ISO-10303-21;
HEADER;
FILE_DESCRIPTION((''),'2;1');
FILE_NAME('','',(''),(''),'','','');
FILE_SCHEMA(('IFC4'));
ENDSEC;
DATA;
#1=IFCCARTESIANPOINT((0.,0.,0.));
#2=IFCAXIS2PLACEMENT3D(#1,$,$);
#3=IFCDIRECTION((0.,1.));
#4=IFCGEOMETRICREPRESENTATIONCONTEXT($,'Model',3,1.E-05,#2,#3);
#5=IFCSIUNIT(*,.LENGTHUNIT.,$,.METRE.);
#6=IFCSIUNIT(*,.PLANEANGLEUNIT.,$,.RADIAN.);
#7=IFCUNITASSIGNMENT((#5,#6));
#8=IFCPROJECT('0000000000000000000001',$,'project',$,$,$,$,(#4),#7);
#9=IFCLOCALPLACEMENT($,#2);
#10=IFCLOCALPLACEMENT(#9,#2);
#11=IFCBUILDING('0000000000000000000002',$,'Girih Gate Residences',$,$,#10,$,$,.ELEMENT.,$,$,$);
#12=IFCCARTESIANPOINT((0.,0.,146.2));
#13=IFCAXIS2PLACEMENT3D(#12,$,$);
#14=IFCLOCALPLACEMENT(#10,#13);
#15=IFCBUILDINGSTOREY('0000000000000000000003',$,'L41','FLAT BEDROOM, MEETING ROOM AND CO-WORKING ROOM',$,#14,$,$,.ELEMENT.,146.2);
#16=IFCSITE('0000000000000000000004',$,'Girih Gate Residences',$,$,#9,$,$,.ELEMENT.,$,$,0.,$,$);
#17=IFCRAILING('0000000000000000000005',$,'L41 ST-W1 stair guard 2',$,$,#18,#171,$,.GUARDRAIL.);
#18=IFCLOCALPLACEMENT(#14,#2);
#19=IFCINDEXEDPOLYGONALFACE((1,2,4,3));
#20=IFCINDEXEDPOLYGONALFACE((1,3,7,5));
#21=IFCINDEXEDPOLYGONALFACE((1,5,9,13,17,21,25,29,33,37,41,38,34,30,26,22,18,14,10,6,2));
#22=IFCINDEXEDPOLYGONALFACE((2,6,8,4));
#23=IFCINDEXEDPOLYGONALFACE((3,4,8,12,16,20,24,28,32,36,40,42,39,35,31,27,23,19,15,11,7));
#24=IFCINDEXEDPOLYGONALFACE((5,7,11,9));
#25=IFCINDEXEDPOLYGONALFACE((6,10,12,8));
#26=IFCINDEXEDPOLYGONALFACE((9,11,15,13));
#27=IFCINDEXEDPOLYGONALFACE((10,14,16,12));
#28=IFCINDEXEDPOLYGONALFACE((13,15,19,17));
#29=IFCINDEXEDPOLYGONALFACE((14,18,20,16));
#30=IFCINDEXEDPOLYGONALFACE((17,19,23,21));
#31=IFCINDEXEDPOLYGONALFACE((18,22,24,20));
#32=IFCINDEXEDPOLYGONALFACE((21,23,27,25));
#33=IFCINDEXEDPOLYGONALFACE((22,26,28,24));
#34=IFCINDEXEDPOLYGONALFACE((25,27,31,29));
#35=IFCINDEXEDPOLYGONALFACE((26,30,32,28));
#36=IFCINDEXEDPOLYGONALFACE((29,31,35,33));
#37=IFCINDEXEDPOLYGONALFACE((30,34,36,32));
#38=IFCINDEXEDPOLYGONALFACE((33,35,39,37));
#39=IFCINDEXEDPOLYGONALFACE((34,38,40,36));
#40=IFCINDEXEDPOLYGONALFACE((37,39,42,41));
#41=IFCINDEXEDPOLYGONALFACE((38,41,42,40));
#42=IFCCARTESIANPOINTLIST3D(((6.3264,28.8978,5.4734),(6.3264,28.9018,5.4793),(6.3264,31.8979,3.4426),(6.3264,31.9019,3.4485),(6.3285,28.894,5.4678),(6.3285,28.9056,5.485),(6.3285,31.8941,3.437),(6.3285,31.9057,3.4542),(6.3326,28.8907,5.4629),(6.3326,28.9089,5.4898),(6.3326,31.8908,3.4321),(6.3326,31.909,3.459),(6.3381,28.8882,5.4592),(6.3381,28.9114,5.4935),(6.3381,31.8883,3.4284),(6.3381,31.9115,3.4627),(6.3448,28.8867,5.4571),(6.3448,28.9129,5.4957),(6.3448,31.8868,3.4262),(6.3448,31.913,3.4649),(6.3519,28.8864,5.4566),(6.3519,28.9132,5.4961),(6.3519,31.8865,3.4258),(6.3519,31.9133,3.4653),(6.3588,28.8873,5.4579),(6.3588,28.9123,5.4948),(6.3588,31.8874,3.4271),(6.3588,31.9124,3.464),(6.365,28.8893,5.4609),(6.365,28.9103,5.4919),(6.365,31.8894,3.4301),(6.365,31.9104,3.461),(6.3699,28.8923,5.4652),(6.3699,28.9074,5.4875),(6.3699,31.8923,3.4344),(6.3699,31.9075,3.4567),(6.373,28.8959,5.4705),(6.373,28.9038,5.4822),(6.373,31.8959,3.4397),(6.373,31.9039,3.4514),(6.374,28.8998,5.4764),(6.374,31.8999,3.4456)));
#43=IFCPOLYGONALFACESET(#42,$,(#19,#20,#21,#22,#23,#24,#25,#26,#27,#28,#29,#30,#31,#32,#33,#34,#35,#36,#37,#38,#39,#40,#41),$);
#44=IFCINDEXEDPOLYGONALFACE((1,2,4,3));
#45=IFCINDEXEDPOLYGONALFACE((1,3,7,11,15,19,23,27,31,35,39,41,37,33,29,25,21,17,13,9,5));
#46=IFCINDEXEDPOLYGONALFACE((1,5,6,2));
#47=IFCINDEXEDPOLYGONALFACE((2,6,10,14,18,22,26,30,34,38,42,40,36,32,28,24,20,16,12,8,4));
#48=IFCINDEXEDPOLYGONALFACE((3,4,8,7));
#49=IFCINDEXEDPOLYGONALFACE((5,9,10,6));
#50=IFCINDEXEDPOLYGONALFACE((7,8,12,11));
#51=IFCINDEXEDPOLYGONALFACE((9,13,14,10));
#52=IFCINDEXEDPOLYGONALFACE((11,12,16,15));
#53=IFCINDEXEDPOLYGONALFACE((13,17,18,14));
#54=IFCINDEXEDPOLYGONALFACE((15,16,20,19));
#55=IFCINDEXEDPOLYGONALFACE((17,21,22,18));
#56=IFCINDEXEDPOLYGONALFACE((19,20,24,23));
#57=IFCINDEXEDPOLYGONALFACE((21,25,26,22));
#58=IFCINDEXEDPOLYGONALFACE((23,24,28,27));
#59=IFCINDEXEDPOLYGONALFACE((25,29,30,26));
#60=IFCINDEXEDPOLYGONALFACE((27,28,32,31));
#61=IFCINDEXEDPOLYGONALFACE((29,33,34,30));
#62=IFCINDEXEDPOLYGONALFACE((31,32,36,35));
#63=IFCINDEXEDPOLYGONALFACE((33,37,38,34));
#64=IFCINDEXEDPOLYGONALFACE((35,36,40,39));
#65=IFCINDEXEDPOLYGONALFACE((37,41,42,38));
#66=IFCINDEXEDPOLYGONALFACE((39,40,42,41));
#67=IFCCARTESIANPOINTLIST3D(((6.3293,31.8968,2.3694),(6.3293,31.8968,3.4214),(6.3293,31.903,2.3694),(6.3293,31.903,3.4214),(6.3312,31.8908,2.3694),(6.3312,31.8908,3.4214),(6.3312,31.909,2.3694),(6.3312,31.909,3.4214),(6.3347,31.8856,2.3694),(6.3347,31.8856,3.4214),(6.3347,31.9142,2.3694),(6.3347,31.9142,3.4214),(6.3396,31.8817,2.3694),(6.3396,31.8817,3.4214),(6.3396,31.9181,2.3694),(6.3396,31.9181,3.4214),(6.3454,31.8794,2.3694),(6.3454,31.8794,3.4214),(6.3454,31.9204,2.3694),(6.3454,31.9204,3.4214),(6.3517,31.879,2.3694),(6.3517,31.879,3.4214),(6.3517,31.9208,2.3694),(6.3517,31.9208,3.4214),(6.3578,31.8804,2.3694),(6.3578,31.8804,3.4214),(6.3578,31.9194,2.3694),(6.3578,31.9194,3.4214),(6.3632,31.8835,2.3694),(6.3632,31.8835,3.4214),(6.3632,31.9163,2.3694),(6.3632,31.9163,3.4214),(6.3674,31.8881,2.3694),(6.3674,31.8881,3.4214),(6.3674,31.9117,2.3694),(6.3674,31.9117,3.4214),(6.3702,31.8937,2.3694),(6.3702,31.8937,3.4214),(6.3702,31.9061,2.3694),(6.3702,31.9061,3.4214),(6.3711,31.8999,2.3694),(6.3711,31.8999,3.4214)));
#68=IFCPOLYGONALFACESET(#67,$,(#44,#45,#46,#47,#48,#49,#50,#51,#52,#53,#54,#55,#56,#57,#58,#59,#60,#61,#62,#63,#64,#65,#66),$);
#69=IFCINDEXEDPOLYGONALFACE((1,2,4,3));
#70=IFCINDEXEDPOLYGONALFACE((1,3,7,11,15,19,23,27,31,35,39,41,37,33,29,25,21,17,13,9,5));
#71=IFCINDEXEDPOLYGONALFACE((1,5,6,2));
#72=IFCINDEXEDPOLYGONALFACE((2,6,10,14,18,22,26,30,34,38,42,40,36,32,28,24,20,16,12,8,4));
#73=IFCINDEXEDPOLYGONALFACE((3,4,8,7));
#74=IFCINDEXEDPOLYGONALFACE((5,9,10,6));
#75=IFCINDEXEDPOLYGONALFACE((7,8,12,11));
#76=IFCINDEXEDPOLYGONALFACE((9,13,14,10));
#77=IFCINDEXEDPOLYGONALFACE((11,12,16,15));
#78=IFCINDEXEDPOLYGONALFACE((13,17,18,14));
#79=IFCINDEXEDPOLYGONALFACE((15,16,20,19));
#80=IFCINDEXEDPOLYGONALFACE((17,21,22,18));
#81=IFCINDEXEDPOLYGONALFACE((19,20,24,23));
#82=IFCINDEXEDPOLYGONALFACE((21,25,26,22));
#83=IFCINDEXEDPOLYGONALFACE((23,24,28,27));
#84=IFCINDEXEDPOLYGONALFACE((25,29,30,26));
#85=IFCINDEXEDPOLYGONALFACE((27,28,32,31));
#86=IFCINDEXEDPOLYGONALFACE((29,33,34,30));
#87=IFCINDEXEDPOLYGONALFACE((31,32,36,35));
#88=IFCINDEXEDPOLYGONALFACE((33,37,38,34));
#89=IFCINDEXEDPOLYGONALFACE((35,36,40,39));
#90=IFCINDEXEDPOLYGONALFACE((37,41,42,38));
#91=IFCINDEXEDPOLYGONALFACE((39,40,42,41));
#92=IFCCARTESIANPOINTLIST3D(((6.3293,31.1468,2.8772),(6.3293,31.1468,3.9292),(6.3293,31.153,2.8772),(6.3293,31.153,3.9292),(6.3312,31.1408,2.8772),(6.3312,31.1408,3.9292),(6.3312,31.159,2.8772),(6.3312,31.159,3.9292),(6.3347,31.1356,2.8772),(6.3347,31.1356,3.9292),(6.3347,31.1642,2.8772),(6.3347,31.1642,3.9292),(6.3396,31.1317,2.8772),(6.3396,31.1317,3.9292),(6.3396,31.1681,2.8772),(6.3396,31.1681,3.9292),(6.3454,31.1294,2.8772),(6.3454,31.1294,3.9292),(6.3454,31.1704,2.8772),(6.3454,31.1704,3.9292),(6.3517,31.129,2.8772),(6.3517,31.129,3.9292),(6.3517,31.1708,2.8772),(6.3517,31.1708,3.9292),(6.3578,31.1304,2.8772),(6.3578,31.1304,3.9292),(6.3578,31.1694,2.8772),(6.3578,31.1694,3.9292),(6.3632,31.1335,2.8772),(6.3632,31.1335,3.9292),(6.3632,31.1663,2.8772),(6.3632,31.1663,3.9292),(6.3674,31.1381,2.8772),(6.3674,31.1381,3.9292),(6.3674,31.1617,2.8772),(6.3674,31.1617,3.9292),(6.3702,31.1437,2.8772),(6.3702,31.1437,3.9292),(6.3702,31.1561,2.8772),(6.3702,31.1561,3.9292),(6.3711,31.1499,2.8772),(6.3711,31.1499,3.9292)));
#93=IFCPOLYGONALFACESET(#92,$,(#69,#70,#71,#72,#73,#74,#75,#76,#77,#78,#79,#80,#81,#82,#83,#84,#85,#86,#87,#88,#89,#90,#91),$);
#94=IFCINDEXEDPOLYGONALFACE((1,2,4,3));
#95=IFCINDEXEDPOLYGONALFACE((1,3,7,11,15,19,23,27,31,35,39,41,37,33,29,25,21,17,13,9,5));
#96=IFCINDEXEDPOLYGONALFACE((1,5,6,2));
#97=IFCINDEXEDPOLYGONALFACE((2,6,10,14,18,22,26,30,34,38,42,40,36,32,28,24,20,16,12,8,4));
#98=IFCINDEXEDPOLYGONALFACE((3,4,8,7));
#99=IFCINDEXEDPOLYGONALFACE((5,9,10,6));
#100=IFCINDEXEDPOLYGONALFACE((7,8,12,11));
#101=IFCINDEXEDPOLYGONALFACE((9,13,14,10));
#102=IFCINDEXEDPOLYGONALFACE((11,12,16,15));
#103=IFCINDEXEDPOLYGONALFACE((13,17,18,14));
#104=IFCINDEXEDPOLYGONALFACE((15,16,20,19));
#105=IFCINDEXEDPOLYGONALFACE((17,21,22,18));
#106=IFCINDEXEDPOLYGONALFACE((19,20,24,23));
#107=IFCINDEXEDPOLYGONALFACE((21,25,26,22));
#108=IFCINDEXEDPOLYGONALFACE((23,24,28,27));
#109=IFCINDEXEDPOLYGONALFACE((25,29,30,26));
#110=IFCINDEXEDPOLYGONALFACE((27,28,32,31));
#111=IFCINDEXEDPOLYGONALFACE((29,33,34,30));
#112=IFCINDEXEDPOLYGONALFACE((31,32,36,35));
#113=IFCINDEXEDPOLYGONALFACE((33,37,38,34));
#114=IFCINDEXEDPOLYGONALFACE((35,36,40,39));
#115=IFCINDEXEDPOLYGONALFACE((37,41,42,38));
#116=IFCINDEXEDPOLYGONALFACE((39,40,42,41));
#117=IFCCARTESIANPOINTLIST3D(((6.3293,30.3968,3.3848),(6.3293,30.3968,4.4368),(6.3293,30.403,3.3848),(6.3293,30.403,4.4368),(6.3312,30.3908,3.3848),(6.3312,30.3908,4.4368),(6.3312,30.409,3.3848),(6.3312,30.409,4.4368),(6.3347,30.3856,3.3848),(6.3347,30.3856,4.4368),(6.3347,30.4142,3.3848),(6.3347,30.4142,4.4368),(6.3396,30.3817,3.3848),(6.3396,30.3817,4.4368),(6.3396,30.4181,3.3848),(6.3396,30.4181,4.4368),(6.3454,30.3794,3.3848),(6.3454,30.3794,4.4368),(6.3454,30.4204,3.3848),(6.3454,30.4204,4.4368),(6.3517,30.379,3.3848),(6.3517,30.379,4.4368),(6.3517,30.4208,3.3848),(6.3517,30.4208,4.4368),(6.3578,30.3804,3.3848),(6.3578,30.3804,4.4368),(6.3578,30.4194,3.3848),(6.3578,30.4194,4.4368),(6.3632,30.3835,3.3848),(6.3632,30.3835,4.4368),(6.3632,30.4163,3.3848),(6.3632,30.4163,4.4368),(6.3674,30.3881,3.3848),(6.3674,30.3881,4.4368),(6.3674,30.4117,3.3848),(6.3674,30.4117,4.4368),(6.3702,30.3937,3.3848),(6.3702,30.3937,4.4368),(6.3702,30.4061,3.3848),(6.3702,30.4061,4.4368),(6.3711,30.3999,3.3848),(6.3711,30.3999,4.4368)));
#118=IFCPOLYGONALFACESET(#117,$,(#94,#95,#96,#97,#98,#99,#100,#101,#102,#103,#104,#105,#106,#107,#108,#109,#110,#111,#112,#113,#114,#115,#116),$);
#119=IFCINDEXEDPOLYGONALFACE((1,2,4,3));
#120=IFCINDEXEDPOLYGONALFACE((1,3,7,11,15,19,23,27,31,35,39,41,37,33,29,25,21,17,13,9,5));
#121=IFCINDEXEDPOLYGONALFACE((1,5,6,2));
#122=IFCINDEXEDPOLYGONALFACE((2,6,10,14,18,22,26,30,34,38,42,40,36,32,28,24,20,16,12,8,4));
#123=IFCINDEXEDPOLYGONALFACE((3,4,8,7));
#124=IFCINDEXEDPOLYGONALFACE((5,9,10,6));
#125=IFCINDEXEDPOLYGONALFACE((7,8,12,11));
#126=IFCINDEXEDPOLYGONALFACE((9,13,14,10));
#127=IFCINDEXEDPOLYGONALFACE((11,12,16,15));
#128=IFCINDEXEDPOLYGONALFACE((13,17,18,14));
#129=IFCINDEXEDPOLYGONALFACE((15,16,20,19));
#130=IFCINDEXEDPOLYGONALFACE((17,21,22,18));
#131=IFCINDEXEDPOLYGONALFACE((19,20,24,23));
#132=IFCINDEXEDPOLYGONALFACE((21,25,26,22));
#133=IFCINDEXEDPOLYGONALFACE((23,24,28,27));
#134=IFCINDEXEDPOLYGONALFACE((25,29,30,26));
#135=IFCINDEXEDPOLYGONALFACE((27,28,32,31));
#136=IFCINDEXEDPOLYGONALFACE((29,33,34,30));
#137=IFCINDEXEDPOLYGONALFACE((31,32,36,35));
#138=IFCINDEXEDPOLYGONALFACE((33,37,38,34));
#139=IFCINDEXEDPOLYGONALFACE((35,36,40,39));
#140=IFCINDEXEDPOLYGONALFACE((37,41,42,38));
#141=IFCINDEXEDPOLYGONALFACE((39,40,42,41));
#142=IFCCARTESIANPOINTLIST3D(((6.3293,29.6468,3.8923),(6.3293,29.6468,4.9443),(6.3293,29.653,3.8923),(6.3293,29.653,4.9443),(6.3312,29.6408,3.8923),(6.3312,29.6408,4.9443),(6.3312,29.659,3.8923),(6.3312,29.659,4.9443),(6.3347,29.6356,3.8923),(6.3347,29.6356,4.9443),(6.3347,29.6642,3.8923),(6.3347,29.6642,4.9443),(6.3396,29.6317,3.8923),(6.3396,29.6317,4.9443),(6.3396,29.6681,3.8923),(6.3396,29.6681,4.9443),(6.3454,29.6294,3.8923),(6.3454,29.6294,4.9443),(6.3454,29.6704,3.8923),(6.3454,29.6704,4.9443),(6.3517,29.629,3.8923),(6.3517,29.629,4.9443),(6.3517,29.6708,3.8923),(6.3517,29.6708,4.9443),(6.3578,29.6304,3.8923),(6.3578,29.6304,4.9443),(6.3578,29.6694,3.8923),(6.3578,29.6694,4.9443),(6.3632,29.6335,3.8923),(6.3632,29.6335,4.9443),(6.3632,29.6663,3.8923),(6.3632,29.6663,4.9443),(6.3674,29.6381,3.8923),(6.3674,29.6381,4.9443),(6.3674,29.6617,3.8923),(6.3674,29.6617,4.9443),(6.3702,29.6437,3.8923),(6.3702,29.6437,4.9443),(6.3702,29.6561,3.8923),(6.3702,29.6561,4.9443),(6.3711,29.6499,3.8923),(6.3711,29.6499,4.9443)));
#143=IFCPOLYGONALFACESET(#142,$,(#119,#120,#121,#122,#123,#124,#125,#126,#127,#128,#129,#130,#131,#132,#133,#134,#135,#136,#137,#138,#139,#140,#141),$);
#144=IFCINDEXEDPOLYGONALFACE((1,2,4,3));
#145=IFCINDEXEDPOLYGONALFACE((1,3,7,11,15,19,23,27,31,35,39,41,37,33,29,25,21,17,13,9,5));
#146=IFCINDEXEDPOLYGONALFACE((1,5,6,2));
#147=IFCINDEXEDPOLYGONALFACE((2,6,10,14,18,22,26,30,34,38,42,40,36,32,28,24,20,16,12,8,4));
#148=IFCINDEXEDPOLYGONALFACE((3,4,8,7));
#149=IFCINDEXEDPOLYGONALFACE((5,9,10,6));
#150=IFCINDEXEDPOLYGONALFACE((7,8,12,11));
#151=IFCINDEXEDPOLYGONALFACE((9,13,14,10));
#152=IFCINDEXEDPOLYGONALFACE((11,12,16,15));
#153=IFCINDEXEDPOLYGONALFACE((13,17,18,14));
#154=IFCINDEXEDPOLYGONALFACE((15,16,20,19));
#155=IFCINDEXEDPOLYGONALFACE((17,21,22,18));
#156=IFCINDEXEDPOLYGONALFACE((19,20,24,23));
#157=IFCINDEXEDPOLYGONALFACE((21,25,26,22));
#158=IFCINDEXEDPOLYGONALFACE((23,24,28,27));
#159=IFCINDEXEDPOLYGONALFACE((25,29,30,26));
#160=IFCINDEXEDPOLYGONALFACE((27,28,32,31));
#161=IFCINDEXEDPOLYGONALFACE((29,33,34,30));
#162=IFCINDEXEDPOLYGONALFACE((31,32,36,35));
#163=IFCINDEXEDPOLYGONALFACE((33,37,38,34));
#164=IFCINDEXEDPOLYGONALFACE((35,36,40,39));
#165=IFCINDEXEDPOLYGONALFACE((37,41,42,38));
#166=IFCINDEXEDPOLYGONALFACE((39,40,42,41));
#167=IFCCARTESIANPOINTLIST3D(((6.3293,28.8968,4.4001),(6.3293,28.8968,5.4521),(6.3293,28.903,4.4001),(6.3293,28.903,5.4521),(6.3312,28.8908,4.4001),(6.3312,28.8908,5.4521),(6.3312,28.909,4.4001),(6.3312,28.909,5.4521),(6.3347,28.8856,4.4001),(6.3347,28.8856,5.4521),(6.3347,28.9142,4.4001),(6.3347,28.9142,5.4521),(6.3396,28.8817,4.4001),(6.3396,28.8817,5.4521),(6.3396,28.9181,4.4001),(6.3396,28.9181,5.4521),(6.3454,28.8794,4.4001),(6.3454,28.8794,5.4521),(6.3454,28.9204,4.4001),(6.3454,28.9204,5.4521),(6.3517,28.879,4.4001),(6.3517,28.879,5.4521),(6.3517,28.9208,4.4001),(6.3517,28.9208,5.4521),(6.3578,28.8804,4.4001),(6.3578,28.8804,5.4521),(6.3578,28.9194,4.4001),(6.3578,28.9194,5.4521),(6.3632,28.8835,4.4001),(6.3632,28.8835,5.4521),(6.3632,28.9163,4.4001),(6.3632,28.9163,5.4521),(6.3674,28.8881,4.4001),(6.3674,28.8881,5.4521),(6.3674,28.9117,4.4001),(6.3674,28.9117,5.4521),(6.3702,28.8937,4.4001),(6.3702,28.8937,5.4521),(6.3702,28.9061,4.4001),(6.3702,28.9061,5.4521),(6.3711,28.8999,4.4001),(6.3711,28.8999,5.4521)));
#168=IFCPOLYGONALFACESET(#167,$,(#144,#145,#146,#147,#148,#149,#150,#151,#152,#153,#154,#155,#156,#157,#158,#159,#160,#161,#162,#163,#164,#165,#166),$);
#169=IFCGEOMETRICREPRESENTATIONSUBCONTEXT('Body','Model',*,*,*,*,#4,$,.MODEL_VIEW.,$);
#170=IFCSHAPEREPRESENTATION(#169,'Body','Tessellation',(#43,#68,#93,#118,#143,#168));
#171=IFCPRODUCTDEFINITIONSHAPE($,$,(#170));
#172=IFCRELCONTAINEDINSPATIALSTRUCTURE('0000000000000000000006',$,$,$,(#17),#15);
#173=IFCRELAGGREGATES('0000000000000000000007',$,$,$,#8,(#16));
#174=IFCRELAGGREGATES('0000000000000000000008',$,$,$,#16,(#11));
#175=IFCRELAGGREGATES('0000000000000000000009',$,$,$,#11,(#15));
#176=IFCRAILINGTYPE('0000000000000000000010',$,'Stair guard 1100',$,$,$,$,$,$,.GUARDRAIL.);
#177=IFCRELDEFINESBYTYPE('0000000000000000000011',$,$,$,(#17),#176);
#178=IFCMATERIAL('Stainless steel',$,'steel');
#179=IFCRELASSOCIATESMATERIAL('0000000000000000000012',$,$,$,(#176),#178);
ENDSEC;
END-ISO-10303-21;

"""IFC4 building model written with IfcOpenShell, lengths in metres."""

from ifc_helpers import new_model, si_unit, direction, frame, origin, origin_2d, place, context, subcontext, project, spatial, circle, extrude, material, type_object, element, save


model = new_model("IFC4")

# Units and contexts
model_context = context("Model", 3, precision=1e-05, world=origin(), true_north=direction((0.0, 1.0)))
body_context = subcontext(model_context, "Body", "Model", "MODEL_VIEW")
ifc_project = project(units=[si_unit("LENGTHUNIT", "METRE"), si_unit("PLANEANGLEUNIT", "RADIAN")], contexts=[model_context])

# Site, building, storey
site_placement = place(None, origin())
site = spatial("IfcSite", under=ifc_project, at=site_placement, Name="Girih Gate Residences", CompositionType="ELEMENT", RefElevation=0.0)
building_placement = place(site_placement, origin())
building = spatial("IfcBuilding", under=site, at=building_placement, Name="Girih Gate Residences", CompositionType="ELEMENT")
storey_placement = place(building_placement, frame((0.0, 0.0, 146.2)))
storey = spatial("IfcBuildingStorey", under=building, at=storey_placement, Name="L41", Description="FLAT BEDROOM, MEETING ROOM AND CO-WORKING ROOM", CompositionType="ELEMENT", Elevation=146.2)

# Shared definitions
ifc_material_1 = material(Name="Stainless steel", Category="steel")

# Railing
railing_type_1 = type_object("IfcRailingType", Name="Stair guard 1100", PredefinedType="GUARDRAIL", material=ifc_material_1)
railing_1_placement = place(storey_placement, frame((6.3501, 31.8999, 2.3694)))
element("IfcRailing", 1, at=railing_1_placement, inside=storey, type_object=railing_type_1, Name="L41 ST-W1 stair guard 2", PredefinedType="GUARDRAIL", context=body_context, shape_type="SweptSolid", body=[
    extrude(circle(Radius=0.0239, at=origin_2d()), frame((0.0, 0.0, 1.0762), z_axis=(0.0, -0.82811, 0.560565), x_axis=(1.0, 0.0, 0.0)), (0.0, 0.0, 1.0), 3.6228),
    extrude(circle(Radius=0.021, at=origin_2d()), origin(), (0.0, 0.0, 1.0), 1.052),
    extrude(circle(Radius=0.021, at=origin_2d()), frame((0.0, -0.75, 0.5078)), (0.0, 0.0, 1.0), 1.052),
    extrude(circle(Radius=0.021, at=origin_2d()), frame((0.0, -1.5, 1.0154)), (0.0, 0.0, 1.0), 1.052),
    extrude(circle(Radius=0.021, at=origin_2d()), frame((0.0, -2.25, 1.5229)), (0.0, 0.0, 1.0), 1.052),
    extrude(circle(Radius=0.021, at=origin_2d()), frame((0.0, -3.0, 2.0308)), (0.0, 0.0, 1.0), 1.052),
])

save(model, "model.ifc")
